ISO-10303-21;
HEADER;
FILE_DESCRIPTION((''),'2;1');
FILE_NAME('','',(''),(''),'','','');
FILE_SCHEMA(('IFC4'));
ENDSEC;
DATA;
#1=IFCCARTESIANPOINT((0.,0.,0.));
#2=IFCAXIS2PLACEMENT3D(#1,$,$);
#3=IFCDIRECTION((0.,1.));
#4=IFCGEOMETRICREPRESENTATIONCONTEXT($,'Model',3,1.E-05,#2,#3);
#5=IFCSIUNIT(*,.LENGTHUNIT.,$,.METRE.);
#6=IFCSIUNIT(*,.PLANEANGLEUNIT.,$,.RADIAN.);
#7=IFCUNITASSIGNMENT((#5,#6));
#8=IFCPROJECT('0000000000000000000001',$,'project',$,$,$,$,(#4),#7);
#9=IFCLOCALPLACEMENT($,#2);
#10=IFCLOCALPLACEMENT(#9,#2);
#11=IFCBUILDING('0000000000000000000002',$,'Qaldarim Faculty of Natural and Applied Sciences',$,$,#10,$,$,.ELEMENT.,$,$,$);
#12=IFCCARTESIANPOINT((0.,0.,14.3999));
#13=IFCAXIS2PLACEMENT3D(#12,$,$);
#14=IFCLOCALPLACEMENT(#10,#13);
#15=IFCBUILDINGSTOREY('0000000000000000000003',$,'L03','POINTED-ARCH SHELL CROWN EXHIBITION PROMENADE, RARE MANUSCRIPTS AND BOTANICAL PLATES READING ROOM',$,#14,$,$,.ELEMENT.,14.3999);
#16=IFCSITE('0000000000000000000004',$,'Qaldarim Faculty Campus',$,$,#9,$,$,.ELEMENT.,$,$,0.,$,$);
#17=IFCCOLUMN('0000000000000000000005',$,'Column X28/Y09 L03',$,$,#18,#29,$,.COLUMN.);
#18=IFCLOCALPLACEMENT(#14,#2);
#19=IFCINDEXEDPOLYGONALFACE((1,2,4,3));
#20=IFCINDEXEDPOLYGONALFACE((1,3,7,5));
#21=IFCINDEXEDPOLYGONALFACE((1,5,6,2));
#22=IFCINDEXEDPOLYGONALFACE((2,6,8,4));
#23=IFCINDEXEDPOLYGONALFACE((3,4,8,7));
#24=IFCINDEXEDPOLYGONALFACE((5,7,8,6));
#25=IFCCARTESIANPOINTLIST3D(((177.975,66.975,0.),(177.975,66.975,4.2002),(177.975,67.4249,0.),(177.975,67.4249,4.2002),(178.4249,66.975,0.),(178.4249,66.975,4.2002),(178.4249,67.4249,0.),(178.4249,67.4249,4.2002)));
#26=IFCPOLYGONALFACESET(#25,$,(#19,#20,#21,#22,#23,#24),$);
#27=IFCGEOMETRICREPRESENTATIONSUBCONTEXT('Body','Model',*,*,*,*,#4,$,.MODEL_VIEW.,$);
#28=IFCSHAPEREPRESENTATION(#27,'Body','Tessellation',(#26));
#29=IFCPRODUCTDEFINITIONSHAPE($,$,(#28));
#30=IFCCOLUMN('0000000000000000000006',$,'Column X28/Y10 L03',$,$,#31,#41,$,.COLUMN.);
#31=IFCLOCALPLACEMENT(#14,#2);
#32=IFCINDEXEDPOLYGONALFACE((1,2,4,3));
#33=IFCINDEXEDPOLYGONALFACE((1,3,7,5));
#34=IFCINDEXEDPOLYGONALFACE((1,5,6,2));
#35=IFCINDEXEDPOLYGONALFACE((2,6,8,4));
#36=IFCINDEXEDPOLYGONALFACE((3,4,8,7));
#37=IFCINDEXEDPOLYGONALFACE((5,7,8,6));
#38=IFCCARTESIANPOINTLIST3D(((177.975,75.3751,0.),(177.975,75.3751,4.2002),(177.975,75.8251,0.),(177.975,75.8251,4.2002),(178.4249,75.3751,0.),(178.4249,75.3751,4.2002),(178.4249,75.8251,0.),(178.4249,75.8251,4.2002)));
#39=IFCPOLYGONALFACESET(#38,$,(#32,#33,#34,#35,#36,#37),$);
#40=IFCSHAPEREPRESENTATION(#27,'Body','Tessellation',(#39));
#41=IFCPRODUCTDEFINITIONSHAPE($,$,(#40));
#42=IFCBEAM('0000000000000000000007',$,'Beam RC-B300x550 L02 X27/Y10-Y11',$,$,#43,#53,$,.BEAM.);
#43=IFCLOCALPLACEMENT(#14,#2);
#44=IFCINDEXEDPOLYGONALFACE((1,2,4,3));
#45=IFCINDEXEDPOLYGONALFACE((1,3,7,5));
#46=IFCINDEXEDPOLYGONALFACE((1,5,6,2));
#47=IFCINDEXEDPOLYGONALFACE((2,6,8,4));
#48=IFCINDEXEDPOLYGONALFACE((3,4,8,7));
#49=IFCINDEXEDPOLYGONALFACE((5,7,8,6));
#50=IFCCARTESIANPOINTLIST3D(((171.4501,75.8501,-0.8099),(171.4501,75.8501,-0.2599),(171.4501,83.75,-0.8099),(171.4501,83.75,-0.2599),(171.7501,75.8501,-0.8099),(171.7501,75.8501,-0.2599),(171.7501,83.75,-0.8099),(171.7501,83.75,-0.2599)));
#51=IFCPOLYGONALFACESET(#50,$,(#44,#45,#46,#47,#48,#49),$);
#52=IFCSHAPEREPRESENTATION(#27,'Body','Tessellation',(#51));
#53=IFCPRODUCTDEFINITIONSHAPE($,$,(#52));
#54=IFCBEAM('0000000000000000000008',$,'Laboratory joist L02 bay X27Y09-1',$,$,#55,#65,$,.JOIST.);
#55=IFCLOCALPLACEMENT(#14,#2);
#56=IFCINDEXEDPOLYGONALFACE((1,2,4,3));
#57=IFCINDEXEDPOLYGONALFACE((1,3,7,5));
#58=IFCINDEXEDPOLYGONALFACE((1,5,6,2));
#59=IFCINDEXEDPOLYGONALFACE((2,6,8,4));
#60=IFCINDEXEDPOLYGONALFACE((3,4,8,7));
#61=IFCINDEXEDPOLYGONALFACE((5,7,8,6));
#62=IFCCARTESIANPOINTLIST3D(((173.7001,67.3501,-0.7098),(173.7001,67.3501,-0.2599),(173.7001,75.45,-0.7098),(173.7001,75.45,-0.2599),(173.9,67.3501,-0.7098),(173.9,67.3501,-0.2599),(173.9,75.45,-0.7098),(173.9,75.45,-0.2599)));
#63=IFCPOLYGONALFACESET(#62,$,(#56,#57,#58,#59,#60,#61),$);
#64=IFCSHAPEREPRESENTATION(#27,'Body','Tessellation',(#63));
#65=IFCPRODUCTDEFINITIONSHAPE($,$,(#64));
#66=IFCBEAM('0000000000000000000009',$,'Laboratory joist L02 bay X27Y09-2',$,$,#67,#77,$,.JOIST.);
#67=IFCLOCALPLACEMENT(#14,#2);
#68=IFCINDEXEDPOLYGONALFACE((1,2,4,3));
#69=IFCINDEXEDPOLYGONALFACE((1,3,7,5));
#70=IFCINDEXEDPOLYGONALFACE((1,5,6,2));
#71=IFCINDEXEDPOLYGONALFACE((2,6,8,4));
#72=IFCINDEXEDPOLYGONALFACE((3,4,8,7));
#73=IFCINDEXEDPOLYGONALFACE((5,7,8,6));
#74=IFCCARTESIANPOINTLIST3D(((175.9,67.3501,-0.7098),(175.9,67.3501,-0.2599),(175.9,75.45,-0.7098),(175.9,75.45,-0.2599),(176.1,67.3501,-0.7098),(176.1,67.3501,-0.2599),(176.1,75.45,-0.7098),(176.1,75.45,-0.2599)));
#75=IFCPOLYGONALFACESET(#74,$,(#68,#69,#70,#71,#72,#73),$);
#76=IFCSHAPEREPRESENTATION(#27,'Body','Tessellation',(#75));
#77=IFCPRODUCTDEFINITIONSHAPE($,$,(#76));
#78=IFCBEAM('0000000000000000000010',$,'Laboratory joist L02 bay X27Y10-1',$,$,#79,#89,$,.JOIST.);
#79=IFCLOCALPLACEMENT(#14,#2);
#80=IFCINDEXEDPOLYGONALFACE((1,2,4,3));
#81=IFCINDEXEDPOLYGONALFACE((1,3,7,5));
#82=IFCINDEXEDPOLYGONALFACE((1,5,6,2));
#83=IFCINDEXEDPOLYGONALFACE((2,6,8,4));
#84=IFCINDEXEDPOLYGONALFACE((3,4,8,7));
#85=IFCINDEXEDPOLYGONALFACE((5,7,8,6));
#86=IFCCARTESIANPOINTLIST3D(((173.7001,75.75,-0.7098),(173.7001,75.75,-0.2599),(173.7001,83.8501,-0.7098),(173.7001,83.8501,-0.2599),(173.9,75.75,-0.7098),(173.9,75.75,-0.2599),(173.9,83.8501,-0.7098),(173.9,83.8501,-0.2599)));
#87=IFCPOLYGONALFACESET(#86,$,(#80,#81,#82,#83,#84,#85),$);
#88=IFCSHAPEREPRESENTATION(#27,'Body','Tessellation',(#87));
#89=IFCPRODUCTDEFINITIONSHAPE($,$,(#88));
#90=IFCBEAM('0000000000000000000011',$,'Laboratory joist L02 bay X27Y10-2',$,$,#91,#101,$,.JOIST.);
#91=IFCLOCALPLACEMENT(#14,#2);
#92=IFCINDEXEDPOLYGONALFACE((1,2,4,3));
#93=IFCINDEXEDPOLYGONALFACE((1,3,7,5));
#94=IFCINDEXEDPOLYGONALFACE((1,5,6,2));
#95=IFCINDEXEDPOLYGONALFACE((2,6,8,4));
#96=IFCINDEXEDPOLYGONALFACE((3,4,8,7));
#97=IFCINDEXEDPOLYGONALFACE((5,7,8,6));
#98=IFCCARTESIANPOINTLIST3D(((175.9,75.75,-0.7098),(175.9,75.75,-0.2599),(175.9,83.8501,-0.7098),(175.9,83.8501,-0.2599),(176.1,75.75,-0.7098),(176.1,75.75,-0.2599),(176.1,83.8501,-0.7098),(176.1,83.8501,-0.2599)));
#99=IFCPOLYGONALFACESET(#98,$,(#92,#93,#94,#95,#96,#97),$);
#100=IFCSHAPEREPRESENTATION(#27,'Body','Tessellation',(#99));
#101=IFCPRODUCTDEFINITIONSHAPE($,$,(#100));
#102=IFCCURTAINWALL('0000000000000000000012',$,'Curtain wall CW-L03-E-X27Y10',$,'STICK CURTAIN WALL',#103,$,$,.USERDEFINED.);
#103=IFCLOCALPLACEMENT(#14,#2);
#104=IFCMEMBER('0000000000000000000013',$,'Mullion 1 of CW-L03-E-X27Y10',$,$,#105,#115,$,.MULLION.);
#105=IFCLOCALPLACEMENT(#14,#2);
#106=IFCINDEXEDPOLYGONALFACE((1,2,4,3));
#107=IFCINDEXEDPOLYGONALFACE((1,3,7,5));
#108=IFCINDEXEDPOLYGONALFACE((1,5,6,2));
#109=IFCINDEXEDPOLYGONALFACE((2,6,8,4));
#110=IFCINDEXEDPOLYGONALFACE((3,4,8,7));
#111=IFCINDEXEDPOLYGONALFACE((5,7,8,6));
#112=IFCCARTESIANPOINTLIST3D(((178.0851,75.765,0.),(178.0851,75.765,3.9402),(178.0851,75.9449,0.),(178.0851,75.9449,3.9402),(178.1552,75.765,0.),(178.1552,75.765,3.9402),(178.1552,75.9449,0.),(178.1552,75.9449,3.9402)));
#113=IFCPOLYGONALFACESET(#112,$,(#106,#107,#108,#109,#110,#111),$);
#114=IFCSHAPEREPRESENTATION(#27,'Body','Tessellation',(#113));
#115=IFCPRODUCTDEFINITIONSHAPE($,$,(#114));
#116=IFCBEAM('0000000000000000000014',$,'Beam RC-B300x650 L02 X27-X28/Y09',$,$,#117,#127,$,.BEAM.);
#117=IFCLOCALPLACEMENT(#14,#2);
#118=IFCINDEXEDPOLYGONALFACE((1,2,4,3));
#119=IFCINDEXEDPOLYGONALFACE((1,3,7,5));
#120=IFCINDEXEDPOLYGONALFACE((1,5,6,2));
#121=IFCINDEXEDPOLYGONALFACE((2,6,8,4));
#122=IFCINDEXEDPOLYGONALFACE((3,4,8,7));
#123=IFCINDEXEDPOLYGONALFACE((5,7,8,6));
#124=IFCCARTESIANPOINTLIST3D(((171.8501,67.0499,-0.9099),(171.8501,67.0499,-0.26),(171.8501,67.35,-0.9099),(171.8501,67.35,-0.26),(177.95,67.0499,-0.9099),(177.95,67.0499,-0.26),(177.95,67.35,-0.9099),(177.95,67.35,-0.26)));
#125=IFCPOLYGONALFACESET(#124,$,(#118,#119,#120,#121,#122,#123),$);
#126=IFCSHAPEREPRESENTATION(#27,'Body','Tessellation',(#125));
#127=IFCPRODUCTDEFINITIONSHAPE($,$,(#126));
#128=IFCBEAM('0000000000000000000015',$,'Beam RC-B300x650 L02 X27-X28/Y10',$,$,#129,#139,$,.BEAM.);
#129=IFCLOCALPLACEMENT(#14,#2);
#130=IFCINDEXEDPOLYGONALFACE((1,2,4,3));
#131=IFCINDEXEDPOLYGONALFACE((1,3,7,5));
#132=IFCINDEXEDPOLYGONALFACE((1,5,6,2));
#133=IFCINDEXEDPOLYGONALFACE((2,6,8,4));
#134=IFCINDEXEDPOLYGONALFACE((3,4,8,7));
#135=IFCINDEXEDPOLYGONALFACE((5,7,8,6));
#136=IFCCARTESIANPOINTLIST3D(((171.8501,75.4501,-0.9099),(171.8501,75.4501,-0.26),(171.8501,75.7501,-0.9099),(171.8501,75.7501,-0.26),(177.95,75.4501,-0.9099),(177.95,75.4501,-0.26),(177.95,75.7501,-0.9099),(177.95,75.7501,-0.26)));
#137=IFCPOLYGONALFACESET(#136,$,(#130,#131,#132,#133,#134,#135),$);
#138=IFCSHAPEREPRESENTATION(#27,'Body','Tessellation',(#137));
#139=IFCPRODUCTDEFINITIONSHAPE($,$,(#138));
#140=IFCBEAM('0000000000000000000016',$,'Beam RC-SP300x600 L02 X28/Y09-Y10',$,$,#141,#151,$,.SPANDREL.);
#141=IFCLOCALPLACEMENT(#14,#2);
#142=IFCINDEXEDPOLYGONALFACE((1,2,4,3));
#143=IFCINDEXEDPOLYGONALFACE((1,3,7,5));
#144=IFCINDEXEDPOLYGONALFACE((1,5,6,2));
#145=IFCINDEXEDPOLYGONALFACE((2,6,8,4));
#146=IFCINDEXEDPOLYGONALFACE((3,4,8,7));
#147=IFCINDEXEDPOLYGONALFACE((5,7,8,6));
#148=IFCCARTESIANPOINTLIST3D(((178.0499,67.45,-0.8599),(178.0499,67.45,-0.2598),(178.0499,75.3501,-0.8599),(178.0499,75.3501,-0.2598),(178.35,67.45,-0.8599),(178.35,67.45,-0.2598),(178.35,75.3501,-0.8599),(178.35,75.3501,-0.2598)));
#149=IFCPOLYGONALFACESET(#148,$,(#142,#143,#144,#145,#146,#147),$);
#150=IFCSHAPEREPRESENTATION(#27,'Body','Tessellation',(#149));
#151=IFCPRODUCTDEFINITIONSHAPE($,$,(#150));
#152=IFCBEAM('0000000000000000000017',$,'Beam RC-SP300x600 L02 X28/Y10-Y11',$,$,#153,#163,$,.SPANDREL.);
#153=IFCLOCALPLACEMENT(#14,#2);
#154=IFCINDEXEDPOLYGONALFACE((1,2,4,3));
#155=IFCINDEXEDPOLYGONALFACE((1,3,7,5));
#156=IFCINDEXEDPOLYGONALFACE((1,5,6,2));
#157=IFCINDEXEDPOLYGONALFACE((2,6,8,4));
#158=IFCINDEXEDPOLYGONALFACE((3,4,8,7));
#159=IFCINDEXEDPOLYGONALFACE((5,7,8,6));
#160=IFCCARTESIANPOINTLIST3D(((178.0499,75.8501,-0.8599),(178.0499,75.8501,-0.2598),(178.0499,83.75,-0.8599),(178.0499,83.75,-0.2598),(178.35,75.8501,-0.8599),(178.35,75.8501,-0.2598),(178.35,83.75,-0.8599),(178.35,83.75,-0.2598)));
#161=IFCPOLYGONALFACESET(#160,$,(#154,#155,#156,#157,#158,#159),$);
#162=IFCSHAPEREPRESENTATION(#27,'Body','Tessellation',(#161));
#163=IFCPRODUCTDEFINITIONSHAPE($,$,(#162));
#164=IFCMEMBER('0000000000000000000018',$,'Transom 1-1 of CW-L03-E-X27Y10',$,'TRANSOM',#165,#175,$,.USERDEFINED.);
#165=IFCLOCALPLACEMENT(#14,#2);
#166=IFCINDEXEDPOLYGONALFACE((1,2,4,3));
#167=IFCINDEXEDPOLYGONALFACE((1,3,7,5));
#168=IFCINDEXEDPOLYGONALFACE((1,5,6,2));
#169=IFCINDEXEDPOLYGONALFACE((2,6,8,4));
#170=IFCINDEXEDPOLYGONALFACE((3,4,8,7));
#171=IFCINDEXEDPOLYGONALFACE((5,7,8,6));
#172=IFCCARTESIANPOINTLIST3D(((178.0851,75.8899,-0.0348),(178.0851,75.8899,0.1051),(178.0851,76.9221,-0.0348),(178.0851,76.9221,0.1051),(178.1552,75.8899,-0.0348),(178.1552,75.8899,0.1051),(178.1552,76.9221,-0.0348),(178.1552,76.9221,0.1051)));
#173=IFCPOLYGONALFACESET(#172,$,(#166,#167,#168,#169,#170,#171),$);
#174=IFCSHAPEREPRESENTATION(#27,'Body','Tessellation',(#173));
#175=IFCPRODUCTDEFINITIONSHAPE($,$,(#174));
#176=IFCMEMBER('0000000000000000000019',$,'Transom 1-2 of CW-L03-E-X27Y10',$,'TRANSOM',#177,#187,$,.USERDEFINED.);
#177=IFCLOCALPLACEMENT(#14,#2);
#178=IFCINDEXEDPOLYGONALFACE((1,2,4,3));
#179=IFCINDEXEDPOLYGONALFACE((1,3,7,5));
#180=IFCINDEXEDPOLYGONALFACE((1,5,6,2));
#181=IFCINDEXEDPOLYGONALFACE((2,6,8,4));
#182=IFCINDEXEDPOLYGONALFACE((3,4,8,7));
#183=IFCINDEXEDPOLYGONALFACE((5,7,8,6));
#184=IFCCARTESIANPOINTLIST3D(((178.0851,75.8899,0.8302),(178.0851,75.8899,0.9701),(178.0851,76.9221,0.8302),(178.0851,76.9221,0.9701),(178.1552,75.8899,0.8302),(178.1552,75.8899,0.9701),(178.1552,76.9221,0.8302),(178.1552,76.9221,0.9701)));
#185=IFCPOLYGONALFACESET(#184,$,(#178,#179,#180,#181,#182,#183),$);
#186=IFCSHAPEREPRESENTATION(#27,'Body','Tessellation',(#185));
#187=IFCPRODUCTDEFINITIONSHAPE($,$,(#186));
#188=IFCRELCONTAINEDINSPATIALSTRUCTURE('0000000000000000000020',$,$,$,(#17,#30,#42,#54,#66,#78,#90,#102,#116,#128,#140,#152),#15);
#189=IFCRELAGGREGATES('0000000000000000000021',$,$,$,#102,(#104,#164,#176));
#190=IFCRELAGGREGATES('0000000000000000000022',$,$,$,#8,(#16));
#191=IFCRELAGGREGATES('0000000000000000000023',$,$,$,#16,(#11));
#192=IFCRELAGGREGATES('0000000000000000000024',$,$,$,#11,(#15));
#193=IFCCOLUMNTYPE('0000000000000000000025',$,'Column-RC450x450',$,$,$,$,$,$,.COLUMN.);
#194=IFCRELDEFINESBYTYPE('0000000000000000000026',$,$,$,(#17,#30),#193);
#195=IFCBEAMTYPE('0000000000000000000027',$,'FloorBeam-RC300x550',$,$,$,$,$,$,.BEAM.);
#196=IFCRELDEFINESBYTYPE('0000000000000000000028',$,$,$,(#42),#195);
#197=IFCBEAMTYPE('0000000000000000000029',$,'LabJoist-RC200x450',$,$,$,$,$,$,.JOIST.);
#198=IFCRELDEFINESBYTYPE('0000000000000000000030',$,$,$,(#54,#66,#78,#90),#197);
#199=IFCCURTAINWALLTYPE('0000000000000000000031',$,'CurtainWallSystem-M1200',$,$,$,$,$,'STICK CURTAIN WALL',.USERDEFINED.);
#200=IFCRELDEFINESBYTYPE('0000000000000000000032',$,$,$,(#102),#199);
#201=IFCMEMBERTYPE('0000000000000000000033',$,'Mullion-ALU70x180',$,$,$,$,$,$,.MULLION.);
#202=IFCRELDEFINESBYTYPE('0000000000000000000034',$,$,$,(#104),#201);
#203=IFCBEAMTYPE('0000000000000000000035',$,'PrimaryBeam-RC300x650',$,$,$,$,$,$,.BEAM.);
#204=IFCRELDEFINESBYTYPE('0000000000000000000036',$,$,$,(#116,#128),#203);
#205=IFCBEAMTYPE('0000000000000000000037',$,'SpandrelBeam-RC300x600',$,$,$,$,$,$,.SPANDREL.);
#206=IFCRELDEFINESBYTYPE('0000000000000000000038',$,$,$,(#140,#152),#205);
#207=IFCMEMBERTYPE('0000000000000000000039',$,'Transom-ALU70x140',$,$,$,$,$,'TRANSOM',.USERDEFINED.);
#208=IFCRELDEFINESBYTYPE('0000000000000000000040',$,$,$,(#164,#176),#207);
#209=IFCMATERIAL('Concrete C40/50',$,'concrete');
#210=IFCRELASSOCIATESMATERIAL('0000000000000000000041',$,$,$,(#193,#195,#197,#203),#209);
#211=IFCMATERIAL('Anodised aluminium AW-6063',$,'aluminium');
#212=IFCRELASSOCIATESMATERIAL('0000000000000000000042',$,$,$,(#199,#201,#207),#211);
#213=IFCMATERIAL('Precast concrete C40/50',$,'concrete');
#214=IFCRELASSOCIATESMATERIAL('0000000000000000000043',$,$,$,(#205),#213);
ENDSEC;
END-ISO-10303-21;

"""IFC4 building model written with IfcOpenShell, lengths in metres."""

from ifc_helpers import new_model, si_unit, direction, frame, origin, origin_2d, place, context, subcontext, project, spatial, rectangle, extrude, material, material_profile, profile_set, type_object, element, aggregate, save


model = new_model("IFC4")

# Units and contexts
model_context = context("Model", 3, precision=1e-05, world=origin(), true_north=direction((0.0, 1.0)))
body_context = subcontext(model_context, "Body", "Model", "MODEL_VIEW")
ifc_project = project(units=[si_unit("LENGTHUNIT", "METRE"), si_unit("PLANEANGLEUNIT", "RADIAN")], contexts=[model_context])

# Site, building, storey
site_placement = place(None, origin())
site = spatial("IfcSite", under=ifc_project, at=site_placement, Name="Qaldarim Faculty Campus", CompositionType="ELEMENT", RefElevation=0.0)
building_placement = place(site_placement, origin())
building = spatial("IfcBuilding", under=site, at=building_placement, Name="Qaldarim Faculty of Natural and Applied Sciences", CompositionType="ELEMENT")
storey_placement = place(building_placement, frame((0.0, 0.0, 14.3999)))
storey = spatial("IfcBuildingStorey", under=building, at=storey_placement, Name="L03", Description="POINTED-ARCH SHELL CROWN EXHIBITION PROMENADE, RARE MANUSCRIPTS AND BOTANICAL PLATES READING ROOM", CompositionType="ELEMENT", Elevation=14.3999)

# Columns
ifc_material_1 = material(Name="Concrete C40/50", Category="concrete")
ifc_material_profile_1 = material_profile(ifc_material_1, rectangle(XDim=0.45, YDim=0.45, at=origin_2d()), Name="RC-C450x450")
ifc_profile_set_1 = profile_set([ifc_material_profile_1], Name="Concrete C40/50")
column_type = type_object("IfcColumnType", Name="Column-RC450x450", PredefinedType="COLUMN", material=ifc_profile_set_1)
for number, where, z_axis, x_axis, name in (
    (1, (178.2, 67.2, 0.0), (0.0, 0.0, 1.0), (1.0, 0.0, 0.0), "Column X28/Y09 L03"),
    (2, (178.2, 75.6001, 0.0), (0.0, 0.0, 1.0), (1.0, 0.0, 0.0), "Column X28/Y10 L03"),
):
    element("IfcColumn", number, at=place(storey_placement, frame(where, z_axis=z_axis, x_axis=x_axis)), inside=storey, type_object=column_type, Name=name, PredefinedType="COLUMN", context=body_context, shape_type="SweptSolid", body=[
        extrude(rectangle(XDim=0.45, YDim=0.45, at=origin_2d()), origin(), (0.0, 0.0, 1.0), 4.2002),
    ])

# Beams
ifc_material_profile_2 = material_profile(ifc_material_1, rectangle(XDim=0.3, YDim=0.55, at=origin_2d()), Name="RC-B300x550")
ifc_profile_set_2 = profile_set([ifc_material_profile_2], Name="Concrete C40/50")
beam_type_1 = type_object("IfcBeamType", Name="FloorBeam-RC300x550", PredefinedType="BEAM", material=ifc_profile_set_2)
beam_1_placement = place(storey_placement, frame((171.6001, 75.8501, -0.5349), z_axis=(0.0, 1.0, 0.0), x_axis=(-1.0, 0.0, 0.0)))
element("IfcBeam", 3, at=beam_1_placement, inside=storey, type_object=beam_type_1, Name="Beam RC-B300x550 L02 X27/Y10-Y11", PredefinedType="BEAM", context=body_context, shape_type="SweptSolid", body=[
    extrude(rectangle(XDim=0.3, YDim=0.55, at=origin_2d()), origin(), (0.0, 0.0, 1.0), 7.8999),
])
ifc_material_profile_3 = material_profile(ifc_material_1, rectangle(XDim=0.2, YDim=0.45, at=origin_2d()), Name="RC-J200x450")
ifc_profile_set_3 = profile_set([ifc_material_profile_3], Name="Concrete C40/50")
beam_type_2 = type_object("IfcBeamType", Name="LabJoist-RC200x450", PredefinedType="JOIST", material=ifc_profile_set_3)
for number, where, z_axis, x_axis, name in (
    (4, (173.8, 67.3501, -0.4849), (0.0, 1.0, 0.0), (-1.0, 0.0, 0.0), "Laboratory joist L02 bay X27Y09-1"),
    (5, (176.0, 67.3501, -0.4849), (0.0, 1.0, 0.0), (-1.0, 0.0, 0.0), "Laboratory joist L02 bay X27Y09-2"),
):
    element("IfcBeam", number, at=place(storey_placement, frame(where, z_axis=z_axis, x_axis=x_axis)), inside=storey, type_object=beam_type_2, Name=name, PredefinedType="JOIST", context=body_context, shape_type="SweptSolid", body=[
        extrude(rectangle(XDim=0.2, YDim=0.45, at=origin_2d()), origin(), (0.0, 0.0, 1.0), 8.0999),
    ])
for number, where, z_axis, x_axis, name in (
    (6, (173.8, 75.75, -0.4849), (0.0, 1.0, 0.0), (-1.0, 0.0, 0.0), "Laboratory joist L02 bay X27Y10-1"),
    (7, (176.0, 75.75, -0.4849), (0.0, 1.0, 0.0), (-1.0, 0.0, 0.0), "Laboratory joist L02 bay X27Y10-2"),
):
    element("IfcBeam", number, at=place(storey_placement, frame(where, z_axis=z_axis, x_axis=x_axis)), inside=storey, type_object=beam_type_2, Name=name, PredefinedType="JOIST", context=body_context, shape_type="SweptSolid", body=[
        extrude(rectangle(XDim=0.2, YDim=0.45, at=origin_2d()), origin(), (0.0, 0.0, 1.0), 8.1001),
    ])

# Curtain wall, member
ifc_material_2 = material(Name="Anodised aluminium AW-6063", Category="aluminium")
curtain_wall_type = type_object("IfcCurtainWallType", Name="CurtainWallSystem-M1200", ElementType="STICK CURTAIN WALL", PredefinedType="USERDEFINED", material=ifc_material_2)
curtain_wall_placement = place(storey_placement, origin())
curtain_wall = element("IfcCurtainWall", 8, at=curtain_wall_placement, inside=storey, type_object=curtain_wall_type, Name="Curtain wall CW-L03-E-X27Y10", ObjectType="STICK CURTAIN WALL", PredefinedType="USERDEFINED")
ifc_material_profile_4 = material_profile(ifc_material_2, rectangle(XDim=0.0701, YDim=0.1799, at=origin_2d()), Name="ALU-M70x180")
ifc_profile_set_4 = profile_set([ifc_material_profile_4], Name="Anodised aluminium AW-6063")
member_type_1 = type_object("IfcMemberType", Name="Mullion-ALU70x180", PredefinedType="MULLION", material=ifc_profile_set_4)
member_1_placement = place(storey_placement, frame((178.1201, 75.855, 0.0), z_axis=(0.0, 0.0, 1.0), x_axis=(-1.0, 0.0, 0.0)))
member_1 = element("IfcMember", 9, at=member_1_placement, type_object=member_type_1, Name="Mullion 1 of CW-L03-E-X27Y10", PredefinedType="MULLION", context=body_context, shape_type="SweptSolid", body=[
    extrude(rectangle(XDim=0.0701, YDim=0.1799, at=origin_2d()), origin(), (0.0, 0.0, 1.0), 3.9402),
])

# Beams
ifc_material_profile_5 = material_profile(ifc_material_1, rectangle(XDim=0.3, YDim=0.6499, at=origin_2d()), Name="RC-B300x650")
ifc_profile_set_5 = profile_set([ifc_material_profile_5], Name="Concrete C40/50")
beam_type_3 = type_object("IfcBeamType", Name="PrimaryBeam-RC300x650", PredefinedType="BEAM", material=ifc_profile_set_5)
for number, where, z_axis, x_axis, name in (
    (10, (171.8501, 67.2, -0.585), (1.0, 0.0, 0.0), (0.0, 1.0, 0.0), "Beam RC-B300x650 L02 X27-X28/Y09"),
    (11, (171.8501, 75.6001, -0.585), (1.0, 0.0, 0.0), (0.0, 1.0, 0.0), "Beam RC-B300x650 L02 X27-X28/Y10"),
):
    element("IfcBeam", number, at=place(storey_placement, frame(where, z_axis=z_axis, x_axis=x_axis)), inside=storey, type_object=beam_type_3, Name=name, PredefinedType="BEAM", context=body_context, shape_type="SweptSolid", body=[
        extrude(rectangle(XDim=0.3, YDim=0.6499, at=origin_2d()), origin(), (0.0, 0.0, 1.0), 6.0999),
    ])
ifc_material_3 = material(Name="Precast concrete C40/50", Category="concrete")
ifc_material_profile_6 = material_profile(ifc_material_3, rectangle(XDim=0.3, YDim=0.6001, at=origin_2d()), Name="RC-SP300x600")
ifc_profile_set_6 = profile_set([ifc_material_profile_6], Name="Precast concrete C40/50")
beam_type_4 = type_object("IfcBeamType", Name="SpandrelBeam-RC300x600", PredefinedType="SPANDREL", material=ifc_profile_set_6)
beam_2_placement = place(storey_placement, frame((178.2, 67.45, -0.5598), z_axis=(0.0, 1.0, 0.0), x_axis=(-1.0, 0.0, 0.0)))
element("IfcBeam", 12, at=beam_2_placement, inside=storey, type_object=beam_type_4, Name="Beam RC-SP300x600 L02 X28/Y09-Y10", PredefinedType="SPANDREL", context=body_context, shape_type="SweptSolid", body=[
    extrude(rectangle(XDim=0.3, YDim=0.6001, at=origin_2d()), origin(), (0.0, 0.0, 1.0), 7.9001),
])
beam_3_placement = place(storey_placement, frame((178.2, 75.8501, -0.5598), z_axis=(0.0, 1.0, 0.0), x_axis=(-1.0, 0.0, 0.0)))
element("IfcBeam", 13, at=beam_3_placement, inside=storey, type_object=beam_type_4, Name="Beam RC-SP300x600 L02 X28/Y10-Y11", PredefinedType="SPANDREL", context=body_context, shape_type="SweptSolid", body=[
    extrude(rectangle(XDim=0.3, YDim=0.6001, at=origin_2d()), origin(), (0.0, 0.0, 1.0), 7.8999),
])

# Members
ifc_material_profile_7 = material_profile(ifc_material_2, rectangle(XDim=0.0701, YDim=0.1399, at=origin_2d()), Name="ALU-T70x140")
ifc_profile_set_7 = profile_set([ifc_material_profile_7], Name="Anodised aluminium AW-6063")
member_type_2 = type_object("IfcMemberType", Name="Transom-ALU70x140", ElementType="TRANSOM", PredefinedType="USERDEFINED", material=ifc_profile_set_7)
member_2_placement = place(storey_placement, frame((178.1201, 75.8899, 0.0352), z_axis=(0.0, 1.0, 0.0), x_axis=(-1.0, 0.0, 0.0)))
member_2 = element("IfcMember", 14, at=member_2_placement, type_object=member_type_2, Name="Transom 1-1 of CW-L03-E-X27Y10", ObjectType="TRANSOM", PredefinedType="USERDEFINED", context=body_context, shape_type="SweptSolid", body=[
    extrude(rectangle(XDim=0.0701, YDim=0.1399, at=origin_2d()), origin(), (0.0, 0.0, 1.0), 1.0322),
])
member_3_placement = place(storey_placement, frame((178.1201, 75.8899, 0.9001), z_axis=(0.0, 1.0, 0.0), x_axis=(-1.0, 0.0, 0.0)))
member_3 = element("IfcMember", 15, at=member_3_placement, type_object=member_type_2, Name="Transom 1-2 of CW-L03-E-X27Y10", ObjectType="TRANSOM", PredefinedType="USERDEFINED", context=body_context, shape_type="SweptSolid", body=[
    extrude(rectangle(XDim=0.0701, YDim=0.1399, at=origin_2d()), origin(), (0.0, 0.0, 1.0), 1.0322),
])
aggregate(curtain_wall, [member_1, member_2, member_3])

save(model, "model.ifc")
